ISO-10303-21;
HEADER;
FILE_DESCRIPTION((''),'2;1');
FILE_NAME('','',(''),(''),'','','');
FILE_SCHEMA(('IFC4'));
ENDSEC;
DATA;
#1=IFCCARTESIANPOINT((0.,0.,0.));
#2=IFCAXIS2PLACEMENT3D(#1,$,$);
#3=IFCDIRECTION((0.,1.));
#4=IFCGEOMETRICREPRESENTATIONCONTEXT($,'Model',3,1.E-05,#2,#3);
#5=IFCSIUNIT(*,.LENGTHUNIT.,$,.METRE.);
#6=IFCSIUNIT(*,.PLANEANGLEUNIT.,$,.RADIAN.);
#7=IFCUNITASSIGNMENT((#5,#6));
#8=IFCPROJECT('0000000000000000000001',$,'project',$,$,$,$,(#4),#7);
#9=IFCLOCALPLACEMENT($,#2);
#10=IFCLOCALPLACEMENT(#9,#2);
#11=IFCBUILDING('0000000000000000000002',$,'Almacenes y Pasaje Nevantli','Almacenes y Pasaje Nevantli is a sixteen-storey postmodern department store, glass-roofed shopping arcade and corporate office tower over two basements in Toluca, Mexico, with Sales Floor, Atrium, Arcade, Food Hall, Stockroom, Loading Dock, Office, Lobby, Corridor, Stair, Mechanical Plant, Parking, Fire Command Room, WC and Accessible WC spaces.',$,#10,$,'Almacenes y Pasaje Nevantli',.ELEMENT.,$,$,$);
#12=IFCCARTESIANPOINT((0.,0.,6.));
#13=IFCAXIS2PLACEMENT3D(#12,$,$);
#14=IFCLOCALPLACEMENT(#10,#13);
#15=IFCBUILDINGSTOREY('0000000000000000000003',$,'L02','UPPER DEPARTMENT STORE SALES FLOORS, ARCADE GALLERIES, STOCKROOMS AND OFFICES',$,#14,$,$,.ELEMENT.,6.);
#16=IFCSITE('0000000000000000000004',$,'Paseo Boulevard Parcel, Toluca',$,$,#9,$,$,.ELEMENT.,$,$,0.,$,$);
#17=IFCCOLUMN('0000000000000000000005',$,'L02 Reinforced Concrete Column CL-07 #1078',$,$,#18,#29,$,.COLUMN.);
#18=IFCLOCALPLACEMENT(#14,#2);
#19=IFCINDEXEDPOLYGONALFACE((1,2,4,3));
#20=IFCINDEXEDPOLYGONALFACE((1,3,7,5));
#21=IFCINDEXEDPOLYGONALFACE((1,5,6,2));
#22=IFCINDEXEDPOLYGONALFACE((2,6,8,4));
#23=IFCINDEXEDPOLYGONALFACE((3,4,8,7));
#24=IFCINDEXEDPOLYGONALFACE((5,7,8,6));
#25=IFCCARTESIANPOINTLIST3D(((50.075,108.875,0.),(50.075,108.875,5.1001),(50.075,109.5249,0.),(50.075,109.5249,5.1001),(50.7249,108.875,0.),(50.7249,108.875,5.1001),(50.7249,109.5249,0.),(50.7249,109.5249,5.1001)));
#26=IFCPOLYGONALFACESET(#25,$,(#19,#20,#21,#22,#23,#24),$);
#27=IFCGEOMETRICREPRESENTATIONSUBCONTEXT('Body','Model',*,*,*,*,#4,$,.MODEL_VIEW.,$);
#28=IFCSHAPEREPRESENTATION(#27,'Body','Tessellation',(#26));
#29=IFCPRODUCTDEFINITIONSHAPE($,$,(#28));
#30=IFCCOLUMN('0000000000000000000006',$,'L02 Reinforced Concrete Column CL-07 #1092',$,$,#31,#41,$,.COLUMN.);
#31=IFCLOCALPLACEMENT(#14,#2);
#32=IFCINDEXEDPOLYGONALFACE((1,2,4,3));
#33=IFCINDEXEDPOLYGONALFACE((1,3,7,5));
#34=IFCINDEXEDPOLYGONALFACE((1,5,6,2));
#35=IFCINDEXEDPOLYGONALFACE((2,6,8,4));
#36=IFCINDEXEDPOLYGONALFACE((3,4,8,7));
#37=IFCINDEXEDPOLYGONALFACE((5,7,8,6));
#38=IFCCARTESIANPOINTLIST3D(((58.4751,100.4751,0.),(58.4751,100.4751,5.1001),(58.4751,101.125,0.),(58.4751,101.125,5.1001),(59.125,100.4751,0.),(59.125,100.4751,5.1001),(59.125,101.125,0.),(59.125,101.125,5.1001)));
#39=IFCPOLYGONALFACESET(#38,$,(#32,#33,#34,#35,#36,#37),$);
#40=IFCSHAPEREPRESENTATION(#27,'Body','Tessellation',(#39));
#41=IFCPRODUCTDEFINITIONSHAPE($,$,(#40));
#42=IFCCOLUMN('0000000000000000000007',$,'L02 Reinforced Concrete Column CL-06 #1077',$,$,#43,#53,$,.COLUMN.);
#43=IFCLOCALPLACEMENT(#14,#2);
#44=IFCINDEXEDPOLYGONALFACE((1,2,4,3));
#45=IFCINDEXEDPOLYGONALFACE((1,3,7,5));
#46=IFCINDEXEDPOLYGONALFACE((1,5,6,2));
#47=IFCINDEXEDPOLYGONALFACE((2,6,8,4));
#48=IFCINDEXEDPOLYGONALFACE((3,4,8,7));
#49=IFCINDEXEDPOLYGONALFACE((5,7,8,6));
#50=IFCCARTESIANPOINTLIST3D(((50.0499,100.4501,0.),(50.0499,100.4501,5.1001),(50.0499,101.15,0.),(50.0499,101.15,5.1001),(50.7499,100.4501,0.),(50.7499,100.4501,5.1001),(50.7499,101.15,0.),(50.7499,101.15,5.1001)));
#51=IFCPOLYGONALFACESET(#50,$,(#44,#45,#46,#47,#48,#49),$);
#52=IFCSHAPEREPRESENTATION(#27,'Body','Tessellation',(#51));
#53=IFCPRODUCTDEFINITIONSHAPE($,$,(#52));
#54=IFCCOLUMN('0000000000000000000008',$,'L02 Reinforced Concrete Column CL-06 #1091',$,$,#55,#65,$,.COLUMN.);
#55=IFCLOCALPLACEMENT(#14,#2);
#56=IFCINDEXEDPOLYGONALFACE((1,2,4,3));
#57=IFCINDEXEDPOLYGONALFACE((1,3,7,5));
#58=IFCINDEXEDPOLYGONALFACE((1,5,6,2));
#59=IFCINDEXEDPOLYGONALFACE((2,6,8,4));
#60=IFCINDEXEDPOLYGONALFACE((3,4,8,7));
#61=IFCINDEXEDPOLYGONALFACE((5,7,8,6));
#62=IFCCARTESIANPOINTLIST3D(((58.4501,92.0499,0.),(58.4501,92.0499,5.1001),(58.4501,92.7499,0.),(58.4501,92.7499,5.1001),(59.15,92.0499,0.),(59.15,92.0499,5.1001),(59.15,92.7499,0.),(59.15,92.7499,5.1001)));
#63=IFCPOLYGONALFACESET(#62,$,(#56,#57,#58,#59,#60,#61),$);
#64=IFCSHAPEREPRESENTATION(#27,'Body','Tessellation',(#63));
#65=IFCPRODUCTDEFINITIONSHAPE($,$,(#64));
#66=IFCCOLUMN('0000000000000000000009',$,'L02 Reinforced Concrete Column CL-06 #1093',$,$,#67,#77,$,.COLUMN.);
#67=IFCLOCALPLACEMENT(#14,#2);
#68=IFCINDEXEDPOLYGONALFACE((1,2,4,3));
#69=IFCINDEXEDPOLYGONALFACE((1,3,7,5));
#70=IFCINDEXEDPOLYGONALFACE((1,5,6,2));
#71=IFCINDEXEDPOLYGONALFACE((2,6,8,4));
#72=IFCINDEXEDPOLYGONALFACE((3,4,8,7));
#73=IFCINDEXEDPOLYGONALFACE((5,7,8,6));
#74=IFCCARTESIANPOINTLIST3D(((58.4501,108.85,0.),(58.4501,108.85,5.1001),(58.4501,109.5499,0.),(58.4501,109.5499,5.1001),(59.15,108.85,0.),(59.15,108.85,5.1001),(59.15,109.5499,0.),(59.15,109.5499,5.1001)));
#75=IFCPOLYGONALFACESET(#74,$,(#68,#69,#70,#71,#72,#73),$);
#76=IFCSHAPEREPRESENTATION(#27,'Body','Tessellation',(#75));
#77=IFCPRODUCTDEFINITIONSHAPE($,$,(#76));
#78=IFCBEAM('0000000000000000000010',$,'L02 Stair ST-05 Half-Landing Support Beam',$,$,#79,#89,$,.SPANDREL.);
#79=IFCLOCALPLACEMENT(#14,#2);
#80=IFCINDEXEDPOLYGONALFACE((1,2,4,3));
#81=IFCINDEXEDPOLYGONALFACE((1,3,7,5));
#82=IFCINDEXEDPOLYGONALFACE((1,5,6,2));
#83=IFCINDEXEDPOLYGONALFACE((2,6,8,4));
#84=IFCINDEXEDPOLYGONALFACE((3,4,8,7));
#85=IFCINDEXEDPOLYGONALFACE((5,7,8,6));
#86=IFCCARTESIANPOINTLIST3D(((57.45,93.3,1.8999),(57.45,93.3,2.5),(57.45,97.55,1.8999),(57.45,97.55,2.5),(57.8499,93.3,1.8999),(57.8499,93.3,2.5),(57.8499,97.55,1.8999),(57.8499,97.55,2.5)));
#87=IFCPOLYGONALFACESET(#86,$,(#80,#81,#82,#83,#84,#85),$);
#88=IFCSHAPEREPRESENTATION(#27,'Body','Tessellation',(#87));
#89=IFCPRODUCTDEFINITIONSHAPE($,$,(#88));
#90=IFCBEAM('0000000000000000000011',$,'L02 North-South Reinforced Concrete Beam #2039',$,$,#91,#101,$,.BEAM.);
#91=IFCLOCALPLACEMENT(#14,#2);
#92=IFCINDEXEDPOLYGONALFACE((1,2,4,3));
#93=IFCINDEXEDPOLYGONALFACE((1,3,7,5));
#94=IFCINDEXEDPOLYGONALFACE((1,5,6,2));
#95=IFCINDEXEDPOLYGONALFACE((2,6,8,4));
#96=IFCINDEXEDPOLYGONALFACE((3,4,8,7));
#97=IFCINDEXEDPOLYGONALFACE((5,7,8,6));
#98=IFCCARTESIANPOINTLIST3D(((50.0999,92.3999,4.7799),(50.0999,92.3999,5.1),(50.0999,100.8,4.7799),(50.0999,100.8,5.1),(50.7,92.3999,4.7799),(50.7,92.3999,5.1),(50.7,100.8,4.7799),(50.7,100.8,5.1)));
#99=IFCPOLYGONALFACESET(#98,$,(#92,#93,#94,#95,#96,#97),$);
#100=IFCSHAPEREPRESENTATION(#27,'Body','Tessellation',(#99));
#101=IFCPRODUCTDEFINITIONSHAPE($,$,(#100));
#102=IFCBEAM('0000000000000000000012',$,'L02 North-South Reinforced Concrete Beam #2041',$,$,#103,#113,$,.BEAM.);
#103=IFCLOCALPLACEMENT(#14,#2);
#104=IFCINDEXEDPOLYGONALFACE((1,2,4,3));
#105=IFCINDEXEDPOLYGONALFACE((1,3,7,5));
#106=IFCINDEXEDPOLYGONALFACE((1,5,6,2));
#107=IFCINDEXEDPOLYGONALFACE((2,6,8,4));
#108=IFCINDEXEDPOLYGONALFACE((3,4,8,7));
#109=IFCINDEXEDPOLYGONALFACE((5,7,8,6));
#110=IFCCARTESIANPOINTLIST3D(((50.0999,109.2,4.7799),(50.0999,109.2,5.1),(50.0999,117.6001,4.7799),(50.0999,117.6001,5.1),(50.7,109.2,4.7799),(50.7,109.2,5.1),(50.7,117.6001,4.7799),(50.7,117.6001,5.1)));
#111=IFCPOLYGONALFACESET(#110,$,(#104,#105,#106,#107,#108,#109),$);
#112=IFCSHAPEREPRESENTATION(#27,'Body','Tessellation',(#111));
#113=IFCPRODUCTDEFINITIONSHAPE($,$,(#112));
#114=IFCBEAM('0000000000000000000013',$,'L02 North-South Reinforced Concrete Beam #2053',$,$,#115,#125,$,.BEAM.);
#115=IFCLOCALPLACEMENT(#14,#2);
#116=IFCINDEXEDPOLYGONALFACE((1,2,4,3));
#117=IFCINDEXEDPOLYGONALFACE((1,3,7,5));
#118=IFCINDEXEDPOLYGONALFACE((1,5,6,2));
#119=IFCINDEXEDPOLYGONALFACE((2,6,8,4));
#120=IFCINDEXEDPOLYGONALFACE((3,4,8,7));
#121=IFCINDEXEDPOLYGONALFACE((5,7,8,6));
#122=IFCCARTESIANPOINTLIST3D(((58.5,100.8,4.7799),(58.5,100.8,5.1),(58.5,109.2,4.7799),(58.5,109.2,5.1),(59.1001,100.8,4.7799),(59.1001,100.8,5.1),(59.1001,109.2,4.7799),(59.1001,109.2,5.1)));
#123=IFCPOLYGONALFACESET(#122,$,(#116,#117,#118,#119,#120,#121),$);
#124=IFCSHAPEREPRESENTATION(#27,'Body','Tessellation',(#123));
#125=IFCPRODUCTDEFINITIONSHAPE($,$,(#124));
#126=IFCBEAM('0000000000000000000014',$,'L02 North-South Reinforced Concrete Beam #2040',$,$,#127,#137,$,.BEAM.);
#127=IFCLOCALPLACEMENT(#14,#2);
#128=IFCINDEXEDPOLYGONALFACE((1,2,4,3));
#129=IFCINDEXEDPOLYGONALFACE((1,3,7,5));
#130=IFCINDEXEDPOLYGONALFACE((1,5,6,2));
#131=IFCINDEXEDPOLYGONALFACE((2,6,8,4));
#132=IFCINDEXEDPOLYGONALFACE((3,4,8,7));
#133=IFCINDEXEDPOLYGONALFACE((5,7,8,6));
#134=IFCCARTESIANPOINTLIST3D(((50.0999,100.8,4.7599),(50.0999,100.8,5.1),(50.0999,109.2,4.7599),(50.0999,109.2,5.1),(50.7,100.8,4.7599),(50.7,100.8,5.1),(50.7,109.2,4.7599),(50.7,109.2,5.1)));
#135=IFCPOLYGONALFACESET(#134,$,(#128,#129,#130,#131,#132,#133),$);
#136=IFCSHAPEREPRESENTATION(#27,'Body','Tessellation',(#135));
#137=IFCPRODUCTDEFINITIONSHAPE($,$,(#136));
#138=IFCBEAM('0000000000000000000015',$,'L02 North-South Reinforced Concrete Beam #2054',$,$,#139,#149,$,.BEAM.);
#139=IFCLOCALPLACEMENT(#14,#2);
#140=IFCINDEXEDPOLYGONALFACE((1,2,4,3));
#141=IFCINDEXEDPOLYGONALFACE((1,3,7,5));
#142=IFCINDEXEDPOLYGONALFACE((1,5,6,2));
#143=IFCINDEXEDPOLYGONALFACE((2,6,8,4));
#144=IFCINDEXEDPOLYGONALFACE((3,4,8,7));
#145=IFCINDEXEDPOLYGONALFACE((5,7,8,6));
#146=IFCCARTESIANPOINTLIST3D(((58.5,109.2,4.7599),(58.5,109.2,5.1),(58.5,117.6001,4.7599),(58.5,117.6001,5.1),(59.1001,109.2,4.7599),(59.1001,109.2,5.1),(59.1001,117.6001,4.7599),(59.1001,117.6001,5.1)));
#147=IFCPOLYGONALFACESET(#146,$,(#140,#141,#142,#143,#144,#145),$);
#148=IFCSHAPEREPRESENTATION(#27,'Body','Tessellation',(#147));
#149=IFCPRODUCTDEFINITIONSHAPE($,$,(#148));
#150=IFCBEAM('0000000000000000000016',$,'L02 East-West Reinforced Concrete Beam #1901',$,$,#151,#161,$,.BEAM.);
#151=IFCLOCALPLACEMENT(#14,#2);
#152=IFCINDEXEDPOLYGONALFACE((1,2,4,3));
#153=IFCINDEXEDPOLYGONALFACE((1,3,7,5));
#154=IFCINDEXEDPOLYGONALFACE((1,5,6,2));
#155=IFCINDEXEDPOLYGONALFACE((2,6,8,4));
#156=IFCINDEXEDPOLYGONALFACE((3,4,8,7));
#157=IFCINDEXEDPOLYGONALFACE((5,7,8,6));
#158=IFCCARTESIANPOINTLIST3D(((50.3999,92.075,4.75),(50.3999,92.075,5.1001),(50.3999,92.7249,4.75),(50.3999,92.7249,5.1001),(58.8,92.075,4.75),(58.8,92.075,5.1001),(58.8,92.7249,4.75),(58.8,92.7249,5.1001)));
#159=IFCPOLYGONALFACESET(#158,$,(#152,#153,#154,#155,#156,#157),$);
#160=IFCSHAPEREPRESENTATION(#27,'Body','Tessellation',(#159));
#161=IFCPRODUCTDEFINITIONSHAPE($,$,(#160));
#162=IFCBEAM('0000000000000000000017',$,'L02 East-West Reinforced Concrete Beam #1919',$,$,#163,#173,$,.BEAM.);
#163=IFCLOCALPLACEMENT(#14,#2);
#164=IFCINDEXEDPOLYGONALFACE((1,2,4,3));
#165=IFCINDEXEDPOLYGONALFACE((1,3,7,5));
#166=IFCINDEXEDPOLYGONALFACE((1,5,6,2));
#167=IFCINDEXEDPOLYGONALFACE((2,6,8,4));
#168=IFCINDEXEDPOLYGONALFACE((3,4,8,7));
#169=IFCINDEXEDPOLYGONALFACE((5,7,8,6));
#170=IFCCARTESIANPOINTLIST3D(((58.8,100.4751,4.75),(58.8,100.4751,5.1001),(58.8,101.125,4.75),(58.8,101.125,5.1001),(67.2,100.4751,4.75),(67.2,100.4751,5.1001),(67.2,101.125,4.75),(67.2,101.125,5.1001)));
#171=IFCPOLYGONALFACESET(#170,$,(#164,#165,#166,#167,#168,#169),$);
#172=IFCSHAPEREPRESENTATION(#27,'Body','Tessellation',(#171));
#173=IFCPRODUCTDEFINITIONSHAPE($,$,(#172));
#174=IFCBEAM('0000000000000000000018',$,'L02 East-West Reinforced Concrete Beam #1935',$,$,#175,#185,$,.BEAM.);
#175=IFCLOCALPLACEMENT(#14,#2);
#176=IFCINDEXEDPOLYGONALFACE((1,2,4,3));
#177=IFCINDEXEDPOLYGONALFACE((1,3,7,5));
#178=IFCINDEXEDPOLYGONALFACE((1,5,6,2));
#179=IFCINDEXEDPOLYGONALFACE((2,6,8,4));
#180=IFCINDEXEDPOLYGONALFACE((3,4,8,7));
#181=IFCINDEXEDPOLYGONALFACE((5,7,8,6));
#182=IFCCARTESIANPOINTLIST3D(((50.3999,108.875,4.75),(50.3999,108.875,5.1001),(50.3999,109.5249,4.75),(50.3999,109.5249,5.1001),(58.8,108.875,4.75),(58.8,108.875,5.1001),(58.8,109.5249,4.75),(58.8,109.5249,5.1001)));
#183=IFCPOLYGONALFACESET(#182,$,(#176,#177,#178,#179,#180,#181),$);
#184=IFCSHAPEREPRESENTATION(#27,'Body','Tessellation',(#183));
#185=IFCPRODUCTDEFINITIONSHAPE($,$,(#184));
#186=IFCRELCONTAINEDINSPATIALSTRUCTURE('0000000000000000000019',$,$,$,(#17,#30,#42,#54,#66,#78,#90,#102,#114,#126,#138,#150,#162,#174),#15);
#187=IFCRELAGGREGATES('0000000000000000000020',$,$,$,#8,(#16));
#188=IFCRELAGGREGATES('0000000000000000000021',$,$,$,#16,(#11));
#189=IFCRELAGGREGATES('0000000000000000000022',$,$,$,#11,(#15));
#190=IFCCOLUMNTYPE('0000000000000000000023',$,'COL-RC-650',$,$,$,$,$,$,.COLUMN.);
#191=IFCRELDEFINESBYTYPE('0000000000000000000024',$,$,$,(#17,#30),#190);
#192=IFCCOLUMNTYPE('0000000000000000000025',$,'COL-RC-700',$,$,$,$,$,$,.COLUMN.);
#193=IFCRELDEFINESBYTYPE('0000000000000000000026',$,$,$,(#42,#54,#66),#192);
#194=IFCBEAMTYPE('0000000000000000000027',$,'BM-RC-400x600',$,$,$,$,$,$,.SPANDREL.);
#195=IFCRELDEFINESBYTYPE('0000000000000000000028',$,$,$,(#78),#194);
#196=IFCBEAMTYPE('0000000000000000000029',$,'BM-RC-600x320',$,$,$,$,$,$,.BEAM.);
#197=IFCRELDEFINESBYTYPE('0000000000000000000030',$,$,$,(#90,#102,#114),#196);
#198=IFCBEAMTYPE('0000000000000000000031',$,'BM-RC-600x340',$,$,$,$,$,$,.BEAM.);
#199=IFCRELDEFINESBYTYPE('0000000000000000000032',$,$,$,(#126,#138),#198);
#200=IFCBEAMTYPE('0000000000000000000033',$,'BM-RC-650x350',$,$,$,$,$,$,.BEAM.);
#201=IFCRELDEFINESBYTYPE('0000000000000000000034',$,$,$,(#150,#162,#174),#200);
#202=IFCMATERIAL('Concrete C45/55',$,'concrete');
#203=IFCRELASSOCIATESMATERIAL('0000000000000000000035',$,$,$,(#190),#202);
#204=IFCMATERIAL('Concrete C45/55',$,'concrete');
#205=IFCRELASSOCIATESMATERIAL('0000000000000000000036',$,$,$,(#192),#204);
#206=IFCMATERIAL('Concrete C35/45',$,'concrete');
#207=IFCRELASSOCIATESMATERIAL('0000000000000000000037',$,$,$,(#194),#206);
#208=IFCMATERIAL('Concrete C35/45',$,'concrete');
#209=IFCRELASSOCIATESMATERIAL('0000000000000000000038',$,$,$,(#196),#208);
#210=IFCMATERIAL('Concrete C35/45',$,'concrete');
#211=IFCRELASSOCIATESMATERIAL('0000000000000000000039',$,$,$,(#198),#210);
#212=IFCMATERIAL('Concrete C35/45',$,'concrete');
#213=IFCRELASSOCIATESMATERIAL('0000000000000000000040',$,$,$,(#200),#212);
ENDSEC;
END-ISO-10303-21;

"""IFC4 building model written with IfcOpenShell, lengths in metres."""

from ifc_helpers import new_model, si_unit, direction, frame, origin, origin_2d, place, context, subcontext, project, spatial, rectangle, extrude, material, material_profile, profile_set, type_object, element, save


model = new_model("IFC4")

# Units and contexts
model_context = context("Model", 3, precision=1e-05, world=origin(), true_north=direction((0.0, 1.0)))
body_context = subcontext(model_context, "Body", "Model", "MODEL_VIEW")
ifc_project = project(units=[si_unit("LENGTHUNIT", "METRE"), si_unit("PLANEANGLEUNIT", "RADIAN")], contexts=[model_context])

# Site, building, storey
site_placement = place(None, origin())
site = spatial("IfcSite", under=ifc_project, at=site_placement, Name="Paseo Boulevard Parcel, Toluca", CompositionType="ELEMENT", RefElevation=0.0)
building_placement = place(site_placement, origin())
building = spatial("IfcBuilding", under=site, at=building_placement, Name="Almacenes y Pasaje Nevantli", Description="Almacenes y Pasaje Nevantli is a sixteen-storey postmodern department store, glass-roofed shopping arcade and corporate office tower over two basements in Toluca, Mexico, with Sales Floor, Atrium, Arcade, Food Hall, Stockroom, Loading Dock, Office, Lobby, Corridor, Stair, Mechanical Plant, Parking, Fire Command Room, WC and Accessible WC spaces.", LongName="Almacenes y Pasaje Nevantli", CompositionType="ELEMENT")
storey_placement = place(building_placement, frame((0.0, 0.0, 6.0)))
storey = spatial("IfcBuildingStorey", under=building, at=storey_placement, Name="L02", Description="UPPER DEPARTMENT STORE SALES FLOORS, ARCADE GALLERIES, STOCKROOMS AND OFFICES", CompositionType="ELEMENT", Elevation=6.0)

# Columns
ifc_material_1 = material(Name="Concrete C45/55", Category="concrete")
ifc_material_profile_1 = material_profile(ifc_material_1, rectangle(XDim=0.6499, YDim=0.6499, at=origin_2d()), Name="RC-COL-650x650")
ifc_profile_set_1 = profile_set([ifc_material_profile_1], Name="Concrete C45/55")
column_type_1 = type_object("IfcColumnType", Name="COL-RC-650", PredefinedType="COLUMN", material=ifc_profile_set_1)
for number, where, z_axis, x_axis, name in (
    (1, (50.3999, 109.2, 0.0), (0.0, 0.0, 1.0), (1.0, 0.0, 0.0), "L02 Reinforced Concrete Column CL-07 #1078"),
    (2, (58.8, 100.8, 0.0), (0.0, 0.0, 1.0), (1.0, 0.0, 0.0), "L02 Reinforced Concrete Column CL-07 #1092"),
):
    element("IfcColumn", number, at=place(storey_placement, frame(where, z_axis=z_axis, x_axis=x_axis)), inside=storey, type_object=column_type_1, Name=name, PredefinedType="COLUMN", context=body_context, shape_type="SweptSolid", body=[
        extrude(rectangle(XDim=0.6499, YDim=0.6499, at=origin_2d()), origin(), (0.0, 0.0, 1.0), 5.1001),
    ])
ifc_material_2 = material(Name="Concrete C45/55", Category="concrete")
ifc_material_profile_2 = material_profile(ifc_material_2, rectangle(XDim=0.7, YDim=0.7, at=origin_2d()), Name="RC-COL-700x700")
ifc_profile_set_2 = profile_set([ifc_material_profile_2], Name="Concrete C45/55")
column_type_2 = type_object("IfcColumnType", Name="COL-RC-700", PredefinedType="COLUMN", material=ifc_profile_set_2)
for number, where, z_axis, x_axis, name in (
    (3, (50.3999, 100.8, 0.0), (0.0, 0.0, 1.0), (1.0, 0.0, 0.0), "L02 Reinforced Concrete Column CL-06 #1077"),
    (4, (58.8, 92.3999, 0.0), (0.0, 0.0, 1.0), (1.0, 0.0, 0.0), "L02 Reinforced Concrete Column CL-06 #1091"),
    (5, (58.8, 109.2, 0.0), (0.0, 0.0, 1.0), (1.0, 0.0, 0.0), "L02 Reinforced Concrete Column CL-06 #1093"),
):
    element("IfcColumn", number, at=place(storey_placement, frame(where, z_axis=z_axis, x_axis=x_axis)), inside=storey, type_object=column_type_2, Name=name, PredefinedType="COLUMN", context=body_context, shape_type="SweptSolid", body=[
        extrude(rectangle(XDim=0.7, YDim=0.7, at=origin_2d()), origin(), (0.0, 0.0, 1.0), 5.1001),
    ])

# Beams
ifc_material_3 = material(Name="Concrete C35/45", Category="concrete")
ifc_material_profile_3 = material_profile(ifc_material_3, rectangle(XDim=0.3999, YDim=0.6001, at=origin_2d()), Name="RC-BM-400x600")
ifc_profile_set_3 = profile_set([ifc_material_profile_3], Name="Concrete C35/45")
beam_type_1 = type_object("IfcBeamType", Name="BM-RC-400x600", PredefinedType="SPANDREL", material=ifc_profile_set_3)
beam_1_placement = place(storey_placement, frame((57.6499, 93.3, 2.2), z_axis=(0.0, 1.0, 0.0), x_axis=(-1.0, 0.0, 0.0)))
element("IfcBeam", 6, at=beam_1_placement, inside=storey, type_object=beam_type_1, Name="L02 Stair ST-05 Half-Landing Support Beam", PredefinedType="SPANDREL", context=body_context, shape_type="SweptSolid", body=[
    extrude(rectangle(XDim=0.3999, YDim=0.6001, at=origin_2d()), origin(), (0.0, 0.0, 1.0), 4.25),
])
ifc_material_4 = material(Name="Concrete C35/45", Category="concrete")
ifc_material_profile_4 = material_profile(ifc_material_4, rectangle(XDim=0.6001, YDim=0.3201, at=origin_2d()), Name="RC-BM-600x320")
ifc_profile_set_4 = profile_set([ifc_material_profile_4], Name="Concrete C35/45")
beam_type_2 = type_object("IfcBeamType", Name="BM-RC-600x320", PredefinedType="BEAM", material=ifc_profile_set_4)
for number, where, z_axis, x_axis, name in (
    (7, (50.3999, 92.3999, 4.9399), (0.0, 1.0, 0.0), (-1.0, 0.0, 0.0), "L02 North-South Reinforced Concrete Beam #2039"),
    (8, (50.3999, 109.2, 4.9399), (0.0, 1.0, 0.0), (-1.0, 0.0, 0.0), "L02 North-South Reinforced Concrete Beam #2041"),
):
    element("IfcBeam", number, at=place(storey_placement, frame(where, z_axis=z_axis, x_axis=x_axis)), inside=storey, type_object=beam_type_2, Name=name, PredefinedType="BEAM", context=body_context, shape_type="SweptSolid", body=[
        extrude(rectangle(XDim=0.6001, YDim=0.3201, at=origin_2d()), origin(), (0.0, 0.0, 1.0), 8.4001),
    ])
beam_2_placement = place(storey_placement, frame((58.8, 100.8, 4.9399), z_axis=(0.0, 1.0, 0.0), x_axis=(-1.0, 0.0, 0.0)))
element("IfcBeam", 9, at=beam_2_placement, inside=storey, type_object=beam_type_2, Name="L02 North-South Reinforced Concrete Beam #2053", PredefinedType="BEAM", context=body_context, shape_type="SweptSolid", body=[
    extrude(rectangle(XDim=0.6001, YDim=0.3201, at=origin_2d()), origin(), (0.0, 0.0, 1.0), 8.3999),
])
ifc_material_5 = material(Name="Concrete C35/45", Category="concrete")
ifc_material_profile_5 = material_profile(ifc_material_5, rectangle(XDim=0.6001, YDim=0.3401, at=origin_2d()), Name="RC-BM-600x340")
ifc_profile_set_5 = profile_set([ifc_material_profile_5], Name="Concrete C35/45")
beam_type_3 = type_object("IfcBeamType", Name="BM-RC-600x340", PredefinedType="BEAM", material=ifc_profile_set_5)
beam_3_placement = place(storey_placement, frame((50.3999, 100.8, 4.9299), z_axis=(0.0, 1.0, 0.0), x_axis=(-1.0, 0.0, 0.0)))
element("IfcBeam", 10, at=beam_3_placement, inside=storey, type_object=beam_type_3, Name="L02 North-South Reinforced Concrete Beam #2040", PredefinedType="BEAM", context=body_context, shape_type="SweptSolid", body=[
    extrude(rectangle(XDim=0.6001, YDim=0.3401, at=origin_2d()), origin(), (0.0, 0.0, 1.0), 8.3999),
])
beam_4_placement = place(storey_placement, frame((58.8, 109.2, 4.9299), z_axis=(0.0, 1.0, 0.0), x_axis=(-1.0, 0.0, 0.0)))
element("IfcBeam", 11, at=beam_4_placement, inside=storey, type_object=beam_type_3, Name="L02 North-South Reinforced Concrete Beam #2054", PredefinedType="BEAM", context=body_context, shape_type="SweptSolid", body=[
    extrude(rectangle(XDim=0.6001, YDim=0.3401, at=origin_2d()), origin(), (0.0, 0.0, 1.0), 8.4001),
])
ifc_material_6 = material(Name="Concrete C35/45", Category="concrete")
ifc_material_profile_6 = material_profile(ifc_material_6, rectangle(XDim=0.6499, YDim=0.3501, at=origin_2d()), Name="RC-BM-650x350")
ifc_profile_set_6 = profile_set([ifc_material_profile_6], Name="Concrete C35/45")
beam_type_4 = type_object("IfcBeamType", Name="BM-RC-650x350", PredefinedType="BEAM", material=ifc_profile_set_6)
beam_5_placement = place(storey_placement, frame((50.3999, 92.3999, 4.925), z_axis=(1.0, 0.0, 0.0), x_axis=(0.0, 1.0, 0.0)))
element("IfcBeam", 12, at=beam_5_placement, inside=storey, type_object=beam_type_4, Name="L02 East-West Reinforced Concrete Beam #1901", PredefinedType="BEAM", context=body_context, shape_type="SweptSolid", body=[
    extrude(rectangle(XDim=0.6499, YDim=0.3501, at=origin_2d()), origin(), (0.0, 0.0, 1.0), 8.4001),
])
beam_6_placement = place(storey_placement, frame((58.8, 100.8, 4.925), z_axis=(1.0, 0.0, 0.0), x_axis=(0.0, 1.0, 0.0)))
element("IfcBeam", 13, at=beam_6_placement, inside=storey, type_object=beam_type_4, Name="L02 East-West Reinforced Concrete Beam #1919", PredefinedType="BEAM", context=body_context, shape_type="SweptSolid", body=[
    extrude(rectangle(XDim=0.6499, YDim=0.3501, at=origin_2d()), origin(), (0.0, 0.0, 1.0), 8.3999),
])
beam_7_placement = place(storey_placement, frame((50.3999, 109.2, 4.925), z_axis=(1.0, 0.0, 0.0), x_axis=(0.0, 1.0, 0.0)))
element("IfcBeam", 14, at=beam_7_placement, inside=storey, type_object=beam_type_4, Name="L02 East-West Reinforced Concrete Beam #1935", PredefinedType="BEAM", context=body_context, shape_type="SweptSolid", body=[
    extrude(rectangle(XDim=0.6499, YDim=0.3501, at=origin_2d()), origin(), (0.0, 0.0, 1.0), 8.4001),
])

save(model, "model.ifc")
